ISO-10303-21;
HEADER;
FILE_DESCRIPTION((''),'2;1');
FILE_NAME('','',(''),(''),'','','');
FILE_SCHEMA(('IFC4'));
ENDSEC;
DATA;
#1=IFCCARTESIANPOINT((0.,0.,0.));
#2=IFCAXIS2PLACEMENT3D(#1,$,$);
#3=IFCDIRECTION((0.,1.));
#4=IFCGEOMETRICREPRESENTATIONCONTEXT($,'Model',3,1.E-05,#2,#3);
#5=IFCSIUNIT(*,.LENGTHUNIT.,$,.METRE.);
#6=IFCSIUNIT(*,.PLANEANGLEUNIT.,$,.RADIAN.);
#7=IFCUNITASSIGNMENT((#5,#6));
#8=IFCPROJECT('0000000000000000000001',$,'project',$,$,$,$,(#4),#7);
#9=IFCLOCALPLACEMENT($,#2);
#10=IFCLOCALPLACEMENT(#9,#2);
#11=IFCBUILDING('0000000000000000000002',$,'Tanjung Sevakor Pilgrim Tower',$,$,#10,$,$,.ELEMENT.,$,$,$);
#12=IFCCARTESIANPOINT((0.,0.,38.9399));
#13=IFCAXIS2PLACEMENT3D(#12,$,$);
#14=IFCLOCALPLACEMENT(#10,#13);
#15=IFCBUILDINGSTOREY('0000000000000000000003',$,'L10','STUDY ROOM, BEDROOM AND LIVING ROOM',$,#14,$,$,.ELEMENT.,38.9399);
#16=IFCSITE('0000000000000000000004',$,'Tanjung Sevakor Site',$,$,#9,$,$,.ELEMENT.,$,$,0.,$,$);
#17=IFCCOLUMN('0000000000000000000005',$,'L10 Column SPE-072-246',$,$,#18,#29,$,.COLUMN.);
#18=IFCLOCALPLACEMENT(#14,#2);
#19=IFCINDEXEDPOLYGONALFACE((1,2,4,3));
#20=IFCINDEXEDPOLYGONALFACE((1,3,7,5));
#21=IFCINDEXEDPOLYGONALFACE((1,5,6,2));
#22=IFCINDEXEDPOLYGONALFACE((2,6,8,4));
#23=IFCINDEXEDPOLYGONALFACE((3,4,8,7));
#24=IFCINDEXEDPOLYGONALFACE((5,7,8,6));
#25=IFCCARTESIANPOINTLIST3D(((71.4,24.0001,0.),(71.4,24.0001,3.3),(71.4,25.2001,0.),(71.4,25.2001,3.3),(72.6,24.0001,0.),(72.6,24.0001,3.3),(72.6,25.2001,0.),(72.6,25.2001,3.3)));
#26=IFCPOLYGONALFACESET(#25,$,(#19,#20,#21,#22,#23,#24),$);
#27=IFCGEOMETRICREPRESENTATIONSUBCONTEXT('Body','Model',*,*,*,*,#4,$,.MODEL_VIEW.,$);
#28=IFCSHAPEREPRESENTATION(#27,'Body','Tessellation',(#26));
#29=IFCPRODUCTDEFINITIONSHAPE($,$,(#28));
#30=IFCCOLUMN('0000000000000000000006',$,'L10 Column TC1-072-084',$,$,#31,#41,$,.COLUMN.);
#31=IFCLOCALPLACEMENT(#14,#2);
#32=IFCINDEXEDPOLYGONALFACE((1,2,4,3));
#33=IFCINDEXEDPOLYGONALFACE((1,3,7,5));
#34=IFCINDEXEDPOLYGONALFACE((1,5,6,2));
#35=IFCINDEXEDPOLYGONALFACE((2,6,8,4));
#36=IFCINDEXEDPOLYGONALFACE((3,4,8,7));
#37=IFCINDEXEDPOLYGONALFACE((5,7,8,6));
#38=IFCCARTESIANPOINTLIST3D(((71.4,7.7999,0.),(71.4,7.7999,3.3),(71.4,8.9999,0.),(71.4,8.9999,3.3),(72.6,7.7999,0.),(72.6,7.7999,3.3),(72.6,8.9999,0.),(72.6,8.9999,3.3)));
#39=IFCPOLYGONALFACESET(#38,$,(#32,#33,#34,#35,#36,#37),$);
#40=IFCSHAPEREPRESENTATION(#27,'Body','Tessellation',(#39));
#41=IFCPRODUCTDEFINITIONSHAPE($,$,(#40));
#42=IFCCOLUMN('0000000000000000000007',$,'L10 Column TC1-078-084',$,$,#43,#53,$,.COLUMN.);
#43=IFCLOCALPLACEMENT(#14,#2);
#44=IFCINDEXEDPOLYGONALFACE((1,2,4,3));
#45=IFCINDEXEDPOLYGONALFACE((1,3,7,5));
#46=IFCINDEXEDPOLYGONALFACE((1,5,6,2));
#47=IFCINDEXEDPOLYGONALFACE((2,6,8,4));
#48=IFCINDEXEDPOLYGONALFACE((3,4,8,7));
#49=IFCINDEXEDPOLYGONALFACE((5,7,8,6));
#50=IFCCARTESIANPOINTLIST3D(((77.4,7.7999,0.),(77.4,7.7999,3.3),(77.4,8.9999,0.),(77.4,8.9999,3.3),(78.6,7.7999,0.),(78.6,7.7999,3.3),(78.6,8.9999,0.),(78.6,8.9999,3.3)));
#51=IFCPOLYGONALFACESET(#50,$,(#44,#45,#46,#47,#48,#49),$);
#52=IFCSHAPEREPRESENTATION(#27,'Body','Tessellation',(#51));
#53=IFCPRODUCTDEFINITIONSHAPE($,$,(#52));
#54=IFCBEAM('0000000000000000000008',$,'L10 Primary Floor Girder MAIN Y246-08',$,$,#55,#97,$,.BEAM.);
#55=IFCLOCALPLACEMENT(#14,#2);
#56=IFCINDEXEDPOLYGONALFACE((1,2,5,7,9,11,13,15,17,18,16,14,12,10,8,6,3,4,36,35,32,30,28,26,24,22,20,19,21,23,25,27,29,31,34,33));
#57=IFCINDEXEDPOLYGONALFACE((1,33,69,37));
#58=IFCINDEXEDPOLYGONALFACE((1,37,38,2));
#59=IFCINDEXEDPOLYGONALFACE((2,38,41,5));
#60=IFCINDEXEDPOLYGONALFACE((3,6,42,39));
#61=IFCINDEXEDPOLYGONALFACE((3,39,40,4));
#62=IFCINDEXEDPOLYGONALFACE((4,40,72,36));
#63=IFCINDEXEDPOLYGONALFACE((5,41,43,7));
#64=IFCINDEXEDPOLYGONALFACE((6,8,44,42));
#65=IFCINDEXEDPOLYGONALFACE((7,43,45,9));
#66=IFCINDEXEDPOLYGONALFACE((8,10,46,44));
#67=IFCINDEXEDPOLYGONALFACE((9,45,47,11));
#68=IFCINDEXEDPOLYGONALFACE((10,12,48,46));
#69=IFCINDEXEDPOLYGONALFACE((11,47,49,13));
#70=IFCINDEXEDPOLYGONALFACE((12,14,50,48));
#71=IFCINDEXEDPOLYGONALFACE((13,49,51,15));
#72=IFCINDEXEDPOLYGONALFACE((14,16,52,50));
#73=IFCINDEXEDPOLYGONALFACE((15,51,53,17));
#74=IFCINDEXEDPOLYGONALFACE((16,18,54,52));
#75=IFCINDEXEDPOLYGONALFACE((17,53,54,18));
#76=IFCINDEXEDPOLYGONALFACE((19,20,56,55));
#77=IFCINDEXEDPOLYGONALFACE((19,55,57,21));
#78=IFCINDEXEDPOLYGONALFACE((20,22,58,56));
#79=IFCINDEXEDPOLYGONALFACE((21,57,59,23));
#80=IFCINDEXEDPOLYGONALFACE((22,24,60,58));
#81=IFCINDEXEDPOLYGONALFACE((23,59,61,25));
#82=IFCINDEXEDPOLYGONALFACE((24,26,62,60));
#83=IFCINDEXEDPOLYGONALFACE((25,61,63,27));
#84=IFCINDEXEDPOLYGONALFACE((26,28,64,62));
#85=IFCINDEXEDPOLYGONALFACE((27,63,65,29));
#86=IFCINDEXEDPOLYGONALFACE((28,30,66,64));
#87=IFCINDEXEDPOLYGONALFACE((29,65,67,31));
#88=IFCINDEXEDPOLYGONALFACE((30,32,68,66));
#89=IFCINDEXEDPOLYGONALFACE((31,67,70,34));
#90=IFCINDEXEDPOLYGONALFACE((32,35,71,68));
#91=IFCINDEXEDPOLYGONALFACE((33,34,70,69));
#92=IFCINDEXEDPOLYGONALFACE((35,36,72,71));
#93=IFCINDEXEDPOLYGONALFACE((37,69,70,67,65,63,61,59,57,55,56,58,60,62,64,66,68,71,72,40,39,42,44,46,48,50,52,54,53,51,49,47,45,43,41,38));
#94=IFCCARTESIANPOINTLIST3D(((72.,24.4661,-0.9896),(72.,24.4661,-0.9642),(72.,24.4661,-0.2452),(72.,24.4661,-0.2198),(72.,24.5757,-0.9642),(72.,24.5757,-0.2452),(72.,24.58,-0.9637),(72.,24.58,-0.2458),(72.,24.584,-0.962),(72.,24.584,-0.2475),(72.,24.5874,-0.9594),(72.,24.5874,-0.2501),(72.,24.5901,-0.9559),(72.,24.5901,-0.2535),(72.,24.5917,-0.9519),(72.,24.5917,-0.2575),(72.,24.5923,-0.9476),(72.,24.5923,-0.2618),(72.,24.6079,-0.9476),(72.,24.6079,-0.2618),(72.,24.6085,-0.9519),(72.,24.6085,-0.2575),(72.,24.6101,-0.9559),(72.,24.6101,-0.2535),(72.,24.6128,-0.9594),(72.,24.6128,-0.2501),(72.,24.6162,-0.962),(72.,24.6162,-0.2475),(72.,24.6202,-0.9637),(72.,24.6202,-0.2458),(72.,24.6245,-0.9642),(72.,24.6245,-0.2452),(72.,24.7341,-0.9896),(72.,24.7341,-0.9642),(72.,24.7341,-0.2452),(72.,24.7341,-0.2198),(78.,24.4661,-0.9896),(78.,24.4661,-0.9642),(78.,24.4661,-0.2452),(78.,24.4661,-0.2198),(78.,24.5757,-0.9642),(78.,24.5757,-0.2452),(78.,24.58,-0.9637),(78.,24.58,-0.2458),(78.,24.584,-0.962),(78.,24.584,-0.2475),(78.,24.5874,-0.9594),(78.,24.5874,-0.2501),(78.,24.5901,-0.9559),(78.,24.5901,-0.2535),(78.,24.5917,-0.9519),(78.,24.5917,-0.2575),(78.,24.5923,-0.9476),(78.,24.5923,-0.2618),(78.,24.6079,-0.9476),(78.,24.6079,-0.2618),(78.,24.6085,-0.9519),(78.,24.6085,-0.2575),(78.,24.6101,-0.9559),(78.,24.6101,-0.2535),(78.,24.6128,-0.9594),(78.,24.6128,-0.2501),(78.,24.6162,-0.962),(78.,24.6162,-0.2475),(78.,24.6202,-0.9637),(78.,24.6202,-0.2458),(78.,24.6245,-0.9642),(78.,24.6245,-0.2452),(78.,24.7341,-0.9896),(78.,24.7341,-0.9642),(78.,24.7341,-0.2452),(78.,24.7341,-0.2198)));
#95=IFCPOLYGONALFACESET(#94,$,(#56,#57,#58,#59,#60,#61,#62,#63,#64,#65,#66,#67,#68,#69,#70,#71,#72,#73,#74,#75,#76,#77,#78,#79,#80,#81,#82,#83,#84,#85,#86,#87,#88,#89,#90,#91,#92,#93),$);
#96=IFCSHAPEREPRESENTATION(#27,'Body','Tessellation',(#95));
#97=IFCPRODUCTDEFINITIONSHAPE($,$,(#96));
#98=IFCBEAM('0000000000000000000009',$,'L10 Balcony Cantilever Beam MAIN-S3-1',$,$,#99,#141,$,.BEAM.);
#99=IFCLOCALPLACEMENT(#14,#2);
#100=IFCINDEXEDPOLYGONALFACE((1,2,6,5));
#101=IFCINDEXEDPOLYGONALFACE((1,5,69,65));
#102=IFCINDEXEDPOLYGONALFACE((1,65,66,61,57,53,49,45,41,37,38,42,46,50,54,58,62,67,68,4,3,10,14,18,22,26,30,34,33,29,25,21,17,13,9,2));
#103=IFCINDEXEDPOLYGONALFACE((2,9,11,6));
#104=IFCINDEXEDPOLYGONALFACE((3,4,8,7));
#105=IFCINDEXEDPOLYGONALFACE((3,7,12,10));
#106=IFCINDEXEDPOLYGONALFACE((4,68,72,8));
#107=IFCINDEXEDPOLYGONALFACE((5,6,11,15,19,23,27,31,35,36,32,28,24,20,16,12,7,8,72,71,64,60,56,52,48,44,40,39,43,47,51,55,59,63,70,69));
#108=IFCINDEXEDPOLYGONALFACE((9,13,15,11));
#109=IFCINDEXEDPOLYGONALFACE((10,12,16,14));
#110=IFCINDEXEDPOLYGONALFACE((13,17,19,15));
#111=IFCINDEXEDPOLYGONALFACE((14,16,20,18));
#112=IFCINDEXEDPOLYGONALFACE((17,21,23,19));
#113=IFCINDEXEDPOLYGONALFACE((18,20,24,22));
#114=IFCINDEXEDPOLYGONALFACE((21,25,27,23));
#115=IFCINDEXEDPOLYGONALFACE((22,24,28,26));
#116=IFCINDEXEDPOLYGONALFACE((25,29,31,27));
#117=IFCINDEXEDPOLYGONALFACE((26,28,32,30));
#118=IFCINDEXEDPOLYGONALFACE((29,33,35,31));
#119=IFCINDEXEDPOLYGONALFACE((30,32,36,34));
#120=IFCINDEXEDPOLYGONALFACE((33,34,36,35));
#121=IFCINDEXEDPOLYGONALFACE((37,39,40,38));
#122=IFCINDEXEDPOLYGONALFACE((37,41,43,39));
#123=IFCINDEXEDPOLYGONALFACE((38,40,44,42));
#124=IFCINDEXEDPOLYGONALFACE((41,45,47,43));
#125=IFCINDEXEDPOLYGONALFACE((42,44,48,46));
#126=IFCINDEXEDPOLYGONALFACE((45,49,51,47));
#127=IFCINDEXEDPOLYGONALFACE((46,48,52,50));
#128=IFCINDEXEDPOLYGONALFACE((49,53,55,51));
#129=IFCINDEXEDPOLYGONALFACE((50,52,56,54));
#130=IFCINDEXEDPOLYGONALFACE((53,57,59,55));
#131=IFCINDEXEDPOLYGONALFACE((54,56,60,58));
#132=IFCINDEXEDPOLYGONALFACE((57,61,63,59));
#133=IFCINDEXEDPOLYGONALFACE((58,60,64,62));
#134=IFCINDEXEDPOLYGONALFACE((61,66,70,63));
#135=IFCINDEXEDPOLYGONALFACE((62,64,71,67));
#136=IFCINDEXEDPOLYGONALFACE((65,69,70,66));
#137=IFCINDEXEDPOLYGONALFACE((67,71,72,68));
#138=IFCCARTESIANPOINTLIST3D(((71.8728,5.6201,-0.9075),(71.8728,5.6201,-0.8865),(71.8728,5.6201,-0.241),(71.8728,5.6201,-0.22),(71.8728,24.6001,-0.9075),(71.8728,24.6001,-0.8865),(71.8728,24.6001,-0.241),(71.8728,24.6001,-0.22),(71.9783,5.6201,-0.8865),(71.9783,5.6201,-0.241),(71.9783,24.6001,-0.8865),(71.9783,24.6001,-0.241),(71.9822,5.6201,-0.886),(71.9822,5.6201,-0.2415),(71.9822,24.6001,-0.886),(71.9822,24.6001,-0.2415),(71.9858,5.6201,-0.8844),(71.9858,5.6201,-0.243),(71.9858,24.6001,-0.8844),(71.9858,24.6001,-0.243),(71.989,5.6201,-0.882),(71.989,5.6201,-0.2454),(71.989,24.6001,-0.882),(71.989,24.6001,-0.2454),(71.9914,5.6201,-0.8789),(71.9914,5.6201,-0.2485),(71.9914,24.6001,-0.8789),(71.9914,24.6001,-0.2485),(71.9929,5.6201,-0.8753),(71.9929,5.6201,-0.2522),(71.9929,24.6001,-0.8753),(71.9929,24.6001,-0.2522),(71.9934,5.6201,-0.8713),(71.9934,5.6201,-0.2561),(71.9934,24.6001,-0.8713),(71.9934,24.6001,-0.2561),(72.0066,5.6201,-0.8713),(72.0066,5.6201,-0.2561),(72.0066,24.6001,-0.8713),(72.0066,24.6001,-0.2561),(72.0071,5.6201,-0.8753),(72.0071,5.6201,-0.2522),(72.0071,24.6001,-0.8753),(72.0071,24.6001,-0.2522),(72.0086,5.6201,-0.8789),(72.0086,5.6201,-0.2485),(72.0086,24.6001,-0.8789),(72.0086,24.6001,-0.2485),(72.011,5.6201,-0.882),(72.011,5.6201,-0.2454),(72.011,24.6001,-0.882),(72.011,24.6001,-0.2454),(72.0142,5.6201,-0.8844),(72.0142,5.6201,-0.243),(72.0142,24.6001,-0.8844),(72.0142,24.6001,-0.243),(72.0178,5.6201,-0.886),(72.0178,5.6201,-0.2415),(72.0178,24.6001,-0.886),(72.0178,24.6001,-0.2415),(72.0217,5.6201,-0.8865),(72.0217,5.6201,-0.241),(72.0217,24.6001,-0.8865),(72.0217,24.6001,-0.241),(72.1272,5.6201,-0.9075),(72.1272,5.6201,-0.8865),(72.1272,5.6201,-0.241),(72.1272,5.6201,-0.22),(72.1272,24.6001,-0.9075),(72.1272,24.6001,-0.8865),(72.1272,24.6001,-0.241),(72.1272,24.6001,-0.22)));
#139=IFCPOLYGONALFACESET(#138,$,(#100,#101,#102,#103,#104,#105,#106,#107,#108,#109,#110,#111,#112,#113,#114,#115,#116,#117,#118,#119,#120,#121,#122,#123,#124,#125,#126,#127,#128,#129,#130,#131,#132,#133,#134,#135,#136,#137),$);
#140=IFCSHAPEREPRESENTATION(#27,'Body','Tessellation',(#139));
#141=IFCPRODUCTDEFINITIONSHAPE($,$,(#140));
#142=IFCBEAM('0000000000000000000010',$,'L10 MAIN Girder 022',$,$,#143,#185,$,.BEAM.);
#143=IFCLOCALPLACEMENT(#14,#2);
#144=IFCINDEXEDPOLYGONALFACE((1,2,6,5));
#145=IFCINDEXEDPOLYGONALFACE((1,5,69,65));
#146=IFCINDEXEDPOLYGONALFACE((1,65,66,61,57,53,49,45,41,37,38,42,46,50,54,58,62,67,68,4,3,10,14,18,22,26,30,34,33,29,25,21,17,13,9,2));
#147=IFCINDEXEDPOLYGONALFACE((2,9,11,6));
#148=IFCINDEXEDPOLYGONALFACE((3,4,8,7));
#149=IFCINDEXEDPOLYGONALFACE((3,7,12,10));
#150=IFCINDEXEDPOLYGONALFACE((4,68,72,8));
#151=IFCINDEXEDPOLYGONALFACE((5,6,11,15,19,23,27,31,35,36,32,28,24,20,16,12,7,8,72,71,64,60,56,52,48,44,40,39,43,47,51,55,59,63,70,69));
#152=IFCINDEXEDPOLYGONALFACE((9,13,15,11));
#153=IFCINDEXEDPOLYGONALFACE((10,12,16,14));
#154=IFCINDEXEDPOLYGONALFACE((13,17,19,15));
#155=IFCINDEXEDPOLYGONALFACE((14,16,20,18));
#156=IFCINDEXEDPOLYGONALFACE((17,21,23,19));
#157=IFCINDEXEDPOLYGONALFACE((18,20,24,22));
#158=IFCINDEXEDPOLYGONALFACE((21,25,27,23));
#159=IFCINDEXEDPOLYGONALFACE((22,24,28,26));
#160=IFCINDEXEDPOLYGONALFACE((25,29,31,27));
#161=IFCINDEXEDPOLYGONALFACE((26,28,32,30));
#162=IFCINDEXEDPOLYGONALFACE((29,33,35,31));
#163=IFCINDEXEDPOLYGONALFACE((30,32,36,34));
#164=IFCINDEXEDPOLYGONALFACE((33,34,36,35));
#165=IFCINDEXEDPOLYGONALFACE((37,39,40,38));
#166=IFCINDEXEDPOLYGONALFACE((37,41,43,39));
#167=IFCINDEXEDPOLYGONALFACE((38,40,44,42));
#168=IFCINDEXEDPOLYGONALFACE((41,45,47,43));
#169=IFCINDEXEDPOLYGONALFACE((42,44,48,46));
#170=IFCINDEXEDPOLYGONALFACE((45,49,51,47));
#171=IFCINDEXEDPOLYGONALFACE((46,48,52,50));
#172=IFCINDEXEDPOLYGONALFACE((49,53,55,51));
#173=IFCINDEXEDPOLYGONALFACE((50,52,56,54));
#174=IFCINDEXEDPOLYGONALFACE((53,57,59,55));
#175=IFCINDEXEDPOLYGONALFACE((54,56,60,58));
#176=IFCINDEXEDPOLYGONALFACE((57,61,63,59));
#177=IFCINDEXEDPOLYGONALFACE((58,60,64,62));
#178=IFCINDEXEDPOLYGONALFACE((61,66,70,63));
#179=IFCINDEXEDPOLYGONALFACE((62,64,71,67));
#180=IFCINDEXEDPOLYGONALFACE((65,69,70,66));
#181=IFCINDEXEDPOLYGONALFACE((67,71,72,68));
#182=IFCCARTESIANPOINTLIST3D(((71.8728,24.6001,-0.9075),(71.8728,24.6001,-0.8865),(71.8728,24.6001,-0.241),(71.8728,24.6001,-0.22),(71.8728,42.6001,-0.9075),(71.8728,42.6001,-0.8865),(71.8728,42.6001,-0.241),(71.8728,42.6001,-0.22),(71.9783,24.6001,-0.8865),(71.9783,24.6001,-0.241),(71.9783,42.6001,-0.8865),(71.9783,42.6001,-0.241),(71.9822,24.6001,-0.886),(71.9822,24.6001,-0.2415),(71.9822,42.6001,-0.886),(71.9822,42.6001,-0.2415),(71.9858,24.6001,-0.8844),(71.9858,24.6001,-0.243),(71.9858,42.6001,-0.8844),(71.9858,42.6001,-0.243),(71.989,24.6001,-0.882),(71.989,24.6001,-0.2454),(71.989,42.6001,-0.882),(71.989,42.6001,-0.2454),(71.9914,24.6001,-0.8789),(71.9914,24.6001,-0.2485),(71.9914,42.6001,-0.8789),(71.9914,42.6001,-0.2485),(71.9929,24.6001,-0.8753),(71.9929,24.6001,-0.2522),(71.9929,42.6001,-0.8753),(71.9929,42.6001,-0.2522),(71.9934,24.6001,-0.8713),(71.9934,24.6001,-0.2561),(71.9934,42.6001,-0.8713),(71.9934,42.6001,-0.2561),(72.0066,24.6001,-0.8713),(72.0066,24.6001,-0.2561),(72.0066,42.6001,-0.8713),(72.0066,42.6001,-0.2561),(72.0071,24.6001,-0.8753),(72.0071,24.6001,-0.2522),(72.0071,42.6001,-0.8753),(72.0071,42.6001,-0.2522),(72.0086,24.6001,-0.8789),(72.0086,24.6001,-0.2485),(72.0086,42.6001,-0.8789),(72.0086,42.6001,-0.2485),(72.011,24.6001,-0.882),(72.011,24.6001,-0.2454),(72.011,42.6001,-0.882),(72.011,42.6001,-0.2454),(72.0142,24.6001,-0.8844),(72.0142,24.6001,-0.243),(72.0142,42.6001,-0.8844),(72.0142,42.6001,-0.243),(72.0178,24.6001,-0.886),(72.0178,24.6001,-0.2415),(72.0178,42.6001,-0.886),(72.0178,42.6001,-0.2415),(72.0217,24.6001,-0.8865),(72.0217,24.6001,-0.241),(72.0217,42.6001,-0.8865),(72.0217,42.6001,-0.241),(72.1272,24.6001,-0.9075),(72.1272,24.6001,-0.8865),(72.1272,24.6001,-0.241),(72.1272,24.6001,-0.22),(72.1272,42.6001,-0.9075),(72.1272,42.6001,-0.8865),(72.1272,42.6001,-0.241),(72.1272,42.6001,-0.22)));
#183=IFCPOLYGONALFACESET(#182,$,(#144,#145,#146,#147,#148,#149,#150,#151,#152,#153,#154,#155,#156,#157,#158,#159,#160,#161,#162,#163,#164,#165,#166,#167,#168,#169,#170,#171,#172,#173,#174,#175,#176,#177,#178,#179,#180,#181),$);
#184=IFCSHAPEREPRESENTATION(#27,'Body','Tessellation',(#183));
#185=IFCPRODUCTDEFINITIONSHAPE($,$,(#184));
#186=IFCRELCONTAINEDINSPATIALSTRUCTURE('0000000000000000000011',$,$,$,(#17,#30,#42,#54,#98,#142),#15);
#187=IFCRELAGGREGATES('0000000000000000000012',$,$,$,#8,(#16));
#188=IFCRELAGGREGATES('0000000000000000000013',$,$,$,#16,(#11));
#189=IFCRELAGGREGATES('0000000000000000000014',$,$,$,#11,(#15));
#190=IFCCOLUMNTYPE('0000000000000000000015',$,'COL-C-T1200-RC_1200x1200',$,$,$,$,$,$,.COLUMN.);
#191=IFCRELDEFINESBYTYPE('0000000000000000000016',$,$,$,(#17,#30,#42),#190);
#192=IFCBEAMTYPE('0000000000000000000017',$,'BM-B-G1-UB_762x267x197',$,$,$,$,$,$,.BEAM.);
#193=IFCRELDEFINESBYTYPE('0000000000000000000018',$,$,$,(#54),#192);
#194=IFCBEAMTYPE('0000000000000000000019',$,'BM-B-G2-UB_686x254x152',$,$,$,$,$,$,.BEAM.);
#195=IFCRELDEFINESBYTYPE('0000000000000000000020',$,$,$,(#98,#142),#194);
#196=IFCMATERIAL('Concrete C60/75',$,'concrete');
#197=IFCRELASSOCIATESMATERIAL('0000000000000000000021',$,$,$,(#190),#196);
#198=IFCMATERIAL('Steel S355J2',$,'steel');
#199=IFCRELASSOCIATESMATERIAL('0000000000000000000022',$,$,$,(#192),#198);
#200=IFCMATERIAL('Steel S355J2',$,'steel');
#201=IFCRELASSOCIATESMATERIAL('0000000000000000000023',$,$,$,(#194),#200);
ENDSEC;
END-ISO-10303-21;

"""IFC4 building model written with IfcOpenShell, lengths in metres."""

from ifc_helpers import new_model, si_unit, direction, frame, origin, origin_2d, place, context, subcontext, project, spatial, rectangle, i_section, extrude, material, material_profile, profile_set, type_object, element, save


model = new_model("IFC4")

# Units and contexts
model_context = context("Model", 3, precision=1e-05, world=origin(), true_north=direction((0.0, 1.0)))
body_context = subcontext(model_context, "Body", "Model", "MODEL_VIEW")
ifc_project = project(units=[si_unit("LENGTHUNIT", "METRE"), si_unit("PLANEANGLEUNIT", "RADIAN")], contexts=[model_context])

# Site, building, storey
site_placement = place(None, origin())
site = spatial("IfcSite", under=ifc_project, at=site_placement, Name="Tanjung Sevakor Site", CompositionType="ELEMENT", RefElevation=0.0)
building_placement = place(site_placement, origin())
building = spatial("IfcBuilding", under=site, at=building_placement, Name="Tanjung Sevakor Pilgrim Tower", CompositionType="ELEMENT")
storey_placement = place(building_placement, frame((0.0, 0.0, 38.9399)))
storey = spatial("IfcBuildingStorey", under=building, at=storey_placement, Name="L10", Description="STUDY ROOM, BEDROOM AND LIVING ROOM", CompositionType="ELEMENT", Elevation=38.9399)

# Columns
ifc_material_1 = material(Name="Concrete C60/75", Category="concrete")
ifc_material_profile_1 = material_profile(ifc_material_1, rectangle(XDim=1.2, YDim=1.2, at=origin_2d()))
ifc_profile_set_1 = profile_set([ifc_material_profile_1], Name="Concrete C60/75")
column_type = type_object("IfcColumnType", Name="COL-C-T1200-RC_1200x1200", PredefinedType="COLUMN", material=ifc_profile_set_1)
for number, where, z_axis, x_axis, name in (
    (1, (72.0, 24.6001, 0.0), (0.0, 0.0, 1.0), (1.0, 0.0, 0.0), "L10 Column SPE-072-246"),
    (2, (72.0, 8.3999, 0.0), (0.0, 0.0, 1.0), (1.0, 0.0, 0.0), "L10 Column TC1-072-084"),
    (3, (78.0, 8.3999, 0.0), (0.0, 0.0, 1.0), (1.0, 0.0, 0.0), "L10 Column TC1-078-084"),
):
    element("IfcColumn", number, at=place(storey_placement, frame(where, z_axis=z_axis, x_axis=x_axis)), inside=storey, type_object=column_type, Name=name, PredefinedType="COLUMN", context=body_context, shape_type="SweptSolid", body=[
        extrude(rectangle(XDim=1.2, YDim=1.2, at=origin_2d()), origin(), (0.0, 0.0, 1.0), 3.3),
    ])

# Beams
ifc_material_2 = material(Name="Steel S355J2", Category="steel")
ifc_material_profile_2 = material_profile(ifc_material_2, i_section(OverallWidth=0.2681, OverallDepth=0.7698, WebThickness=0.0156, FlangeThickness=0.0254, FilletRadius=0.0166, at=origin_2d()))
ifc_profile_set_2 = profile_set([ifc_material_profile_2], Name="Steel S355J2")
beam_type_1 = type_object("IfcBeamType", Name="BM-B-G1-UB_762x267x197", PredefinedType="BEAM", material=ifc_profile_set_2)
beam_1_placement = place(storey_placement, frame((72.0, 24.6001, -0.6047), z_axis=(1.0, 0.0, 0.0), x_axis=(0.0, 1.0, 0.0)))
element("IfcBeam", 4, at=beam_1_placement, inside=storey, type_object=beam_type_1, Name="L10 Primary Floor Girder MAIN Y246-08", PredefinedType="BEAM", context=body_context, shape_type="SweptSolid", body=[
    extrude(i_section(OverallWidth=0.2681, OverallDepth=0.7698, WebThickness=0.0156, FlangeThickness=0.0254, FilletRadius=0.0166, at=origin_2d()), origin(), (0.0, 0.0, 1.0), 6.0),
])
ifc_material_3 = material(Name="Steel S355J2", Category="steel")
ifc_material_profile_3 = material_profile(ifc_material_3, i_section(OverallWidth=0.2544, OverallDepth=0.6875, WebThickness=0.0132, FlangeThickness=0.021, FilletRadius=0.0151, at=origin_2d()))
ifc_profile_set_3 = profile_set([ifc_material_profile_3], Name="Steel S355J2")
beam_type_2 = type_object("IfcBeamType", Name="BM-B-G2-UB_686x254x152", PredefinedType="BEAM", material=ifc_profile_set_3)
beam_2_placement = place(storey_placement, frame((72.0, 24.6001, -0.5637), z_axis=(0.0, -1.0, 0.0), x_axis=(1.0, 0.0, 0.0)))
element("IfcBeam", 5, at=beam_2_placement, inside=storey, type_object=beam_type_2, Name="L10 Balcony Cantilever Beam MAIN-S3-1", PredefinedType="BEAM", context=body_context, shape_type="SweptSolid", body=[
    extrude(i_section(OverallWidth=0.2544, OverallDepth=0.6875, WebThickness=0.0132, FlangeThickness=0.021, FilletRadius=0.0151, at=origin_2d()), origin(), (0.0, 0.0, 1.0), 18.98),
])
beam_3_placement = place(storey_placement, frame((72.0, 24.6001, -0.5637), z_axis=(0.0, 1.0, 0.0), x_axis=(-1.0, 0.0, 0.0)))
element("IfcBeam", 6, at=beam_3_placement, inside=storey, type_object=beam_type_2, Name="L10 MAIN Girder 022", PredefinedType="BEAM", context=body_context, shape_type="SweptSolid", body=[
    extrude(i_section(OverallWidth=0.2544, OverallDepth=0.6875, WebThickness=0.0132, FlangeThickness=0.021, FilletRadius=0.0151, at=origin_2d()), origin(), (0.0, 0.0, 1.0), 18.0),
])

save(model, "model.ifc")
